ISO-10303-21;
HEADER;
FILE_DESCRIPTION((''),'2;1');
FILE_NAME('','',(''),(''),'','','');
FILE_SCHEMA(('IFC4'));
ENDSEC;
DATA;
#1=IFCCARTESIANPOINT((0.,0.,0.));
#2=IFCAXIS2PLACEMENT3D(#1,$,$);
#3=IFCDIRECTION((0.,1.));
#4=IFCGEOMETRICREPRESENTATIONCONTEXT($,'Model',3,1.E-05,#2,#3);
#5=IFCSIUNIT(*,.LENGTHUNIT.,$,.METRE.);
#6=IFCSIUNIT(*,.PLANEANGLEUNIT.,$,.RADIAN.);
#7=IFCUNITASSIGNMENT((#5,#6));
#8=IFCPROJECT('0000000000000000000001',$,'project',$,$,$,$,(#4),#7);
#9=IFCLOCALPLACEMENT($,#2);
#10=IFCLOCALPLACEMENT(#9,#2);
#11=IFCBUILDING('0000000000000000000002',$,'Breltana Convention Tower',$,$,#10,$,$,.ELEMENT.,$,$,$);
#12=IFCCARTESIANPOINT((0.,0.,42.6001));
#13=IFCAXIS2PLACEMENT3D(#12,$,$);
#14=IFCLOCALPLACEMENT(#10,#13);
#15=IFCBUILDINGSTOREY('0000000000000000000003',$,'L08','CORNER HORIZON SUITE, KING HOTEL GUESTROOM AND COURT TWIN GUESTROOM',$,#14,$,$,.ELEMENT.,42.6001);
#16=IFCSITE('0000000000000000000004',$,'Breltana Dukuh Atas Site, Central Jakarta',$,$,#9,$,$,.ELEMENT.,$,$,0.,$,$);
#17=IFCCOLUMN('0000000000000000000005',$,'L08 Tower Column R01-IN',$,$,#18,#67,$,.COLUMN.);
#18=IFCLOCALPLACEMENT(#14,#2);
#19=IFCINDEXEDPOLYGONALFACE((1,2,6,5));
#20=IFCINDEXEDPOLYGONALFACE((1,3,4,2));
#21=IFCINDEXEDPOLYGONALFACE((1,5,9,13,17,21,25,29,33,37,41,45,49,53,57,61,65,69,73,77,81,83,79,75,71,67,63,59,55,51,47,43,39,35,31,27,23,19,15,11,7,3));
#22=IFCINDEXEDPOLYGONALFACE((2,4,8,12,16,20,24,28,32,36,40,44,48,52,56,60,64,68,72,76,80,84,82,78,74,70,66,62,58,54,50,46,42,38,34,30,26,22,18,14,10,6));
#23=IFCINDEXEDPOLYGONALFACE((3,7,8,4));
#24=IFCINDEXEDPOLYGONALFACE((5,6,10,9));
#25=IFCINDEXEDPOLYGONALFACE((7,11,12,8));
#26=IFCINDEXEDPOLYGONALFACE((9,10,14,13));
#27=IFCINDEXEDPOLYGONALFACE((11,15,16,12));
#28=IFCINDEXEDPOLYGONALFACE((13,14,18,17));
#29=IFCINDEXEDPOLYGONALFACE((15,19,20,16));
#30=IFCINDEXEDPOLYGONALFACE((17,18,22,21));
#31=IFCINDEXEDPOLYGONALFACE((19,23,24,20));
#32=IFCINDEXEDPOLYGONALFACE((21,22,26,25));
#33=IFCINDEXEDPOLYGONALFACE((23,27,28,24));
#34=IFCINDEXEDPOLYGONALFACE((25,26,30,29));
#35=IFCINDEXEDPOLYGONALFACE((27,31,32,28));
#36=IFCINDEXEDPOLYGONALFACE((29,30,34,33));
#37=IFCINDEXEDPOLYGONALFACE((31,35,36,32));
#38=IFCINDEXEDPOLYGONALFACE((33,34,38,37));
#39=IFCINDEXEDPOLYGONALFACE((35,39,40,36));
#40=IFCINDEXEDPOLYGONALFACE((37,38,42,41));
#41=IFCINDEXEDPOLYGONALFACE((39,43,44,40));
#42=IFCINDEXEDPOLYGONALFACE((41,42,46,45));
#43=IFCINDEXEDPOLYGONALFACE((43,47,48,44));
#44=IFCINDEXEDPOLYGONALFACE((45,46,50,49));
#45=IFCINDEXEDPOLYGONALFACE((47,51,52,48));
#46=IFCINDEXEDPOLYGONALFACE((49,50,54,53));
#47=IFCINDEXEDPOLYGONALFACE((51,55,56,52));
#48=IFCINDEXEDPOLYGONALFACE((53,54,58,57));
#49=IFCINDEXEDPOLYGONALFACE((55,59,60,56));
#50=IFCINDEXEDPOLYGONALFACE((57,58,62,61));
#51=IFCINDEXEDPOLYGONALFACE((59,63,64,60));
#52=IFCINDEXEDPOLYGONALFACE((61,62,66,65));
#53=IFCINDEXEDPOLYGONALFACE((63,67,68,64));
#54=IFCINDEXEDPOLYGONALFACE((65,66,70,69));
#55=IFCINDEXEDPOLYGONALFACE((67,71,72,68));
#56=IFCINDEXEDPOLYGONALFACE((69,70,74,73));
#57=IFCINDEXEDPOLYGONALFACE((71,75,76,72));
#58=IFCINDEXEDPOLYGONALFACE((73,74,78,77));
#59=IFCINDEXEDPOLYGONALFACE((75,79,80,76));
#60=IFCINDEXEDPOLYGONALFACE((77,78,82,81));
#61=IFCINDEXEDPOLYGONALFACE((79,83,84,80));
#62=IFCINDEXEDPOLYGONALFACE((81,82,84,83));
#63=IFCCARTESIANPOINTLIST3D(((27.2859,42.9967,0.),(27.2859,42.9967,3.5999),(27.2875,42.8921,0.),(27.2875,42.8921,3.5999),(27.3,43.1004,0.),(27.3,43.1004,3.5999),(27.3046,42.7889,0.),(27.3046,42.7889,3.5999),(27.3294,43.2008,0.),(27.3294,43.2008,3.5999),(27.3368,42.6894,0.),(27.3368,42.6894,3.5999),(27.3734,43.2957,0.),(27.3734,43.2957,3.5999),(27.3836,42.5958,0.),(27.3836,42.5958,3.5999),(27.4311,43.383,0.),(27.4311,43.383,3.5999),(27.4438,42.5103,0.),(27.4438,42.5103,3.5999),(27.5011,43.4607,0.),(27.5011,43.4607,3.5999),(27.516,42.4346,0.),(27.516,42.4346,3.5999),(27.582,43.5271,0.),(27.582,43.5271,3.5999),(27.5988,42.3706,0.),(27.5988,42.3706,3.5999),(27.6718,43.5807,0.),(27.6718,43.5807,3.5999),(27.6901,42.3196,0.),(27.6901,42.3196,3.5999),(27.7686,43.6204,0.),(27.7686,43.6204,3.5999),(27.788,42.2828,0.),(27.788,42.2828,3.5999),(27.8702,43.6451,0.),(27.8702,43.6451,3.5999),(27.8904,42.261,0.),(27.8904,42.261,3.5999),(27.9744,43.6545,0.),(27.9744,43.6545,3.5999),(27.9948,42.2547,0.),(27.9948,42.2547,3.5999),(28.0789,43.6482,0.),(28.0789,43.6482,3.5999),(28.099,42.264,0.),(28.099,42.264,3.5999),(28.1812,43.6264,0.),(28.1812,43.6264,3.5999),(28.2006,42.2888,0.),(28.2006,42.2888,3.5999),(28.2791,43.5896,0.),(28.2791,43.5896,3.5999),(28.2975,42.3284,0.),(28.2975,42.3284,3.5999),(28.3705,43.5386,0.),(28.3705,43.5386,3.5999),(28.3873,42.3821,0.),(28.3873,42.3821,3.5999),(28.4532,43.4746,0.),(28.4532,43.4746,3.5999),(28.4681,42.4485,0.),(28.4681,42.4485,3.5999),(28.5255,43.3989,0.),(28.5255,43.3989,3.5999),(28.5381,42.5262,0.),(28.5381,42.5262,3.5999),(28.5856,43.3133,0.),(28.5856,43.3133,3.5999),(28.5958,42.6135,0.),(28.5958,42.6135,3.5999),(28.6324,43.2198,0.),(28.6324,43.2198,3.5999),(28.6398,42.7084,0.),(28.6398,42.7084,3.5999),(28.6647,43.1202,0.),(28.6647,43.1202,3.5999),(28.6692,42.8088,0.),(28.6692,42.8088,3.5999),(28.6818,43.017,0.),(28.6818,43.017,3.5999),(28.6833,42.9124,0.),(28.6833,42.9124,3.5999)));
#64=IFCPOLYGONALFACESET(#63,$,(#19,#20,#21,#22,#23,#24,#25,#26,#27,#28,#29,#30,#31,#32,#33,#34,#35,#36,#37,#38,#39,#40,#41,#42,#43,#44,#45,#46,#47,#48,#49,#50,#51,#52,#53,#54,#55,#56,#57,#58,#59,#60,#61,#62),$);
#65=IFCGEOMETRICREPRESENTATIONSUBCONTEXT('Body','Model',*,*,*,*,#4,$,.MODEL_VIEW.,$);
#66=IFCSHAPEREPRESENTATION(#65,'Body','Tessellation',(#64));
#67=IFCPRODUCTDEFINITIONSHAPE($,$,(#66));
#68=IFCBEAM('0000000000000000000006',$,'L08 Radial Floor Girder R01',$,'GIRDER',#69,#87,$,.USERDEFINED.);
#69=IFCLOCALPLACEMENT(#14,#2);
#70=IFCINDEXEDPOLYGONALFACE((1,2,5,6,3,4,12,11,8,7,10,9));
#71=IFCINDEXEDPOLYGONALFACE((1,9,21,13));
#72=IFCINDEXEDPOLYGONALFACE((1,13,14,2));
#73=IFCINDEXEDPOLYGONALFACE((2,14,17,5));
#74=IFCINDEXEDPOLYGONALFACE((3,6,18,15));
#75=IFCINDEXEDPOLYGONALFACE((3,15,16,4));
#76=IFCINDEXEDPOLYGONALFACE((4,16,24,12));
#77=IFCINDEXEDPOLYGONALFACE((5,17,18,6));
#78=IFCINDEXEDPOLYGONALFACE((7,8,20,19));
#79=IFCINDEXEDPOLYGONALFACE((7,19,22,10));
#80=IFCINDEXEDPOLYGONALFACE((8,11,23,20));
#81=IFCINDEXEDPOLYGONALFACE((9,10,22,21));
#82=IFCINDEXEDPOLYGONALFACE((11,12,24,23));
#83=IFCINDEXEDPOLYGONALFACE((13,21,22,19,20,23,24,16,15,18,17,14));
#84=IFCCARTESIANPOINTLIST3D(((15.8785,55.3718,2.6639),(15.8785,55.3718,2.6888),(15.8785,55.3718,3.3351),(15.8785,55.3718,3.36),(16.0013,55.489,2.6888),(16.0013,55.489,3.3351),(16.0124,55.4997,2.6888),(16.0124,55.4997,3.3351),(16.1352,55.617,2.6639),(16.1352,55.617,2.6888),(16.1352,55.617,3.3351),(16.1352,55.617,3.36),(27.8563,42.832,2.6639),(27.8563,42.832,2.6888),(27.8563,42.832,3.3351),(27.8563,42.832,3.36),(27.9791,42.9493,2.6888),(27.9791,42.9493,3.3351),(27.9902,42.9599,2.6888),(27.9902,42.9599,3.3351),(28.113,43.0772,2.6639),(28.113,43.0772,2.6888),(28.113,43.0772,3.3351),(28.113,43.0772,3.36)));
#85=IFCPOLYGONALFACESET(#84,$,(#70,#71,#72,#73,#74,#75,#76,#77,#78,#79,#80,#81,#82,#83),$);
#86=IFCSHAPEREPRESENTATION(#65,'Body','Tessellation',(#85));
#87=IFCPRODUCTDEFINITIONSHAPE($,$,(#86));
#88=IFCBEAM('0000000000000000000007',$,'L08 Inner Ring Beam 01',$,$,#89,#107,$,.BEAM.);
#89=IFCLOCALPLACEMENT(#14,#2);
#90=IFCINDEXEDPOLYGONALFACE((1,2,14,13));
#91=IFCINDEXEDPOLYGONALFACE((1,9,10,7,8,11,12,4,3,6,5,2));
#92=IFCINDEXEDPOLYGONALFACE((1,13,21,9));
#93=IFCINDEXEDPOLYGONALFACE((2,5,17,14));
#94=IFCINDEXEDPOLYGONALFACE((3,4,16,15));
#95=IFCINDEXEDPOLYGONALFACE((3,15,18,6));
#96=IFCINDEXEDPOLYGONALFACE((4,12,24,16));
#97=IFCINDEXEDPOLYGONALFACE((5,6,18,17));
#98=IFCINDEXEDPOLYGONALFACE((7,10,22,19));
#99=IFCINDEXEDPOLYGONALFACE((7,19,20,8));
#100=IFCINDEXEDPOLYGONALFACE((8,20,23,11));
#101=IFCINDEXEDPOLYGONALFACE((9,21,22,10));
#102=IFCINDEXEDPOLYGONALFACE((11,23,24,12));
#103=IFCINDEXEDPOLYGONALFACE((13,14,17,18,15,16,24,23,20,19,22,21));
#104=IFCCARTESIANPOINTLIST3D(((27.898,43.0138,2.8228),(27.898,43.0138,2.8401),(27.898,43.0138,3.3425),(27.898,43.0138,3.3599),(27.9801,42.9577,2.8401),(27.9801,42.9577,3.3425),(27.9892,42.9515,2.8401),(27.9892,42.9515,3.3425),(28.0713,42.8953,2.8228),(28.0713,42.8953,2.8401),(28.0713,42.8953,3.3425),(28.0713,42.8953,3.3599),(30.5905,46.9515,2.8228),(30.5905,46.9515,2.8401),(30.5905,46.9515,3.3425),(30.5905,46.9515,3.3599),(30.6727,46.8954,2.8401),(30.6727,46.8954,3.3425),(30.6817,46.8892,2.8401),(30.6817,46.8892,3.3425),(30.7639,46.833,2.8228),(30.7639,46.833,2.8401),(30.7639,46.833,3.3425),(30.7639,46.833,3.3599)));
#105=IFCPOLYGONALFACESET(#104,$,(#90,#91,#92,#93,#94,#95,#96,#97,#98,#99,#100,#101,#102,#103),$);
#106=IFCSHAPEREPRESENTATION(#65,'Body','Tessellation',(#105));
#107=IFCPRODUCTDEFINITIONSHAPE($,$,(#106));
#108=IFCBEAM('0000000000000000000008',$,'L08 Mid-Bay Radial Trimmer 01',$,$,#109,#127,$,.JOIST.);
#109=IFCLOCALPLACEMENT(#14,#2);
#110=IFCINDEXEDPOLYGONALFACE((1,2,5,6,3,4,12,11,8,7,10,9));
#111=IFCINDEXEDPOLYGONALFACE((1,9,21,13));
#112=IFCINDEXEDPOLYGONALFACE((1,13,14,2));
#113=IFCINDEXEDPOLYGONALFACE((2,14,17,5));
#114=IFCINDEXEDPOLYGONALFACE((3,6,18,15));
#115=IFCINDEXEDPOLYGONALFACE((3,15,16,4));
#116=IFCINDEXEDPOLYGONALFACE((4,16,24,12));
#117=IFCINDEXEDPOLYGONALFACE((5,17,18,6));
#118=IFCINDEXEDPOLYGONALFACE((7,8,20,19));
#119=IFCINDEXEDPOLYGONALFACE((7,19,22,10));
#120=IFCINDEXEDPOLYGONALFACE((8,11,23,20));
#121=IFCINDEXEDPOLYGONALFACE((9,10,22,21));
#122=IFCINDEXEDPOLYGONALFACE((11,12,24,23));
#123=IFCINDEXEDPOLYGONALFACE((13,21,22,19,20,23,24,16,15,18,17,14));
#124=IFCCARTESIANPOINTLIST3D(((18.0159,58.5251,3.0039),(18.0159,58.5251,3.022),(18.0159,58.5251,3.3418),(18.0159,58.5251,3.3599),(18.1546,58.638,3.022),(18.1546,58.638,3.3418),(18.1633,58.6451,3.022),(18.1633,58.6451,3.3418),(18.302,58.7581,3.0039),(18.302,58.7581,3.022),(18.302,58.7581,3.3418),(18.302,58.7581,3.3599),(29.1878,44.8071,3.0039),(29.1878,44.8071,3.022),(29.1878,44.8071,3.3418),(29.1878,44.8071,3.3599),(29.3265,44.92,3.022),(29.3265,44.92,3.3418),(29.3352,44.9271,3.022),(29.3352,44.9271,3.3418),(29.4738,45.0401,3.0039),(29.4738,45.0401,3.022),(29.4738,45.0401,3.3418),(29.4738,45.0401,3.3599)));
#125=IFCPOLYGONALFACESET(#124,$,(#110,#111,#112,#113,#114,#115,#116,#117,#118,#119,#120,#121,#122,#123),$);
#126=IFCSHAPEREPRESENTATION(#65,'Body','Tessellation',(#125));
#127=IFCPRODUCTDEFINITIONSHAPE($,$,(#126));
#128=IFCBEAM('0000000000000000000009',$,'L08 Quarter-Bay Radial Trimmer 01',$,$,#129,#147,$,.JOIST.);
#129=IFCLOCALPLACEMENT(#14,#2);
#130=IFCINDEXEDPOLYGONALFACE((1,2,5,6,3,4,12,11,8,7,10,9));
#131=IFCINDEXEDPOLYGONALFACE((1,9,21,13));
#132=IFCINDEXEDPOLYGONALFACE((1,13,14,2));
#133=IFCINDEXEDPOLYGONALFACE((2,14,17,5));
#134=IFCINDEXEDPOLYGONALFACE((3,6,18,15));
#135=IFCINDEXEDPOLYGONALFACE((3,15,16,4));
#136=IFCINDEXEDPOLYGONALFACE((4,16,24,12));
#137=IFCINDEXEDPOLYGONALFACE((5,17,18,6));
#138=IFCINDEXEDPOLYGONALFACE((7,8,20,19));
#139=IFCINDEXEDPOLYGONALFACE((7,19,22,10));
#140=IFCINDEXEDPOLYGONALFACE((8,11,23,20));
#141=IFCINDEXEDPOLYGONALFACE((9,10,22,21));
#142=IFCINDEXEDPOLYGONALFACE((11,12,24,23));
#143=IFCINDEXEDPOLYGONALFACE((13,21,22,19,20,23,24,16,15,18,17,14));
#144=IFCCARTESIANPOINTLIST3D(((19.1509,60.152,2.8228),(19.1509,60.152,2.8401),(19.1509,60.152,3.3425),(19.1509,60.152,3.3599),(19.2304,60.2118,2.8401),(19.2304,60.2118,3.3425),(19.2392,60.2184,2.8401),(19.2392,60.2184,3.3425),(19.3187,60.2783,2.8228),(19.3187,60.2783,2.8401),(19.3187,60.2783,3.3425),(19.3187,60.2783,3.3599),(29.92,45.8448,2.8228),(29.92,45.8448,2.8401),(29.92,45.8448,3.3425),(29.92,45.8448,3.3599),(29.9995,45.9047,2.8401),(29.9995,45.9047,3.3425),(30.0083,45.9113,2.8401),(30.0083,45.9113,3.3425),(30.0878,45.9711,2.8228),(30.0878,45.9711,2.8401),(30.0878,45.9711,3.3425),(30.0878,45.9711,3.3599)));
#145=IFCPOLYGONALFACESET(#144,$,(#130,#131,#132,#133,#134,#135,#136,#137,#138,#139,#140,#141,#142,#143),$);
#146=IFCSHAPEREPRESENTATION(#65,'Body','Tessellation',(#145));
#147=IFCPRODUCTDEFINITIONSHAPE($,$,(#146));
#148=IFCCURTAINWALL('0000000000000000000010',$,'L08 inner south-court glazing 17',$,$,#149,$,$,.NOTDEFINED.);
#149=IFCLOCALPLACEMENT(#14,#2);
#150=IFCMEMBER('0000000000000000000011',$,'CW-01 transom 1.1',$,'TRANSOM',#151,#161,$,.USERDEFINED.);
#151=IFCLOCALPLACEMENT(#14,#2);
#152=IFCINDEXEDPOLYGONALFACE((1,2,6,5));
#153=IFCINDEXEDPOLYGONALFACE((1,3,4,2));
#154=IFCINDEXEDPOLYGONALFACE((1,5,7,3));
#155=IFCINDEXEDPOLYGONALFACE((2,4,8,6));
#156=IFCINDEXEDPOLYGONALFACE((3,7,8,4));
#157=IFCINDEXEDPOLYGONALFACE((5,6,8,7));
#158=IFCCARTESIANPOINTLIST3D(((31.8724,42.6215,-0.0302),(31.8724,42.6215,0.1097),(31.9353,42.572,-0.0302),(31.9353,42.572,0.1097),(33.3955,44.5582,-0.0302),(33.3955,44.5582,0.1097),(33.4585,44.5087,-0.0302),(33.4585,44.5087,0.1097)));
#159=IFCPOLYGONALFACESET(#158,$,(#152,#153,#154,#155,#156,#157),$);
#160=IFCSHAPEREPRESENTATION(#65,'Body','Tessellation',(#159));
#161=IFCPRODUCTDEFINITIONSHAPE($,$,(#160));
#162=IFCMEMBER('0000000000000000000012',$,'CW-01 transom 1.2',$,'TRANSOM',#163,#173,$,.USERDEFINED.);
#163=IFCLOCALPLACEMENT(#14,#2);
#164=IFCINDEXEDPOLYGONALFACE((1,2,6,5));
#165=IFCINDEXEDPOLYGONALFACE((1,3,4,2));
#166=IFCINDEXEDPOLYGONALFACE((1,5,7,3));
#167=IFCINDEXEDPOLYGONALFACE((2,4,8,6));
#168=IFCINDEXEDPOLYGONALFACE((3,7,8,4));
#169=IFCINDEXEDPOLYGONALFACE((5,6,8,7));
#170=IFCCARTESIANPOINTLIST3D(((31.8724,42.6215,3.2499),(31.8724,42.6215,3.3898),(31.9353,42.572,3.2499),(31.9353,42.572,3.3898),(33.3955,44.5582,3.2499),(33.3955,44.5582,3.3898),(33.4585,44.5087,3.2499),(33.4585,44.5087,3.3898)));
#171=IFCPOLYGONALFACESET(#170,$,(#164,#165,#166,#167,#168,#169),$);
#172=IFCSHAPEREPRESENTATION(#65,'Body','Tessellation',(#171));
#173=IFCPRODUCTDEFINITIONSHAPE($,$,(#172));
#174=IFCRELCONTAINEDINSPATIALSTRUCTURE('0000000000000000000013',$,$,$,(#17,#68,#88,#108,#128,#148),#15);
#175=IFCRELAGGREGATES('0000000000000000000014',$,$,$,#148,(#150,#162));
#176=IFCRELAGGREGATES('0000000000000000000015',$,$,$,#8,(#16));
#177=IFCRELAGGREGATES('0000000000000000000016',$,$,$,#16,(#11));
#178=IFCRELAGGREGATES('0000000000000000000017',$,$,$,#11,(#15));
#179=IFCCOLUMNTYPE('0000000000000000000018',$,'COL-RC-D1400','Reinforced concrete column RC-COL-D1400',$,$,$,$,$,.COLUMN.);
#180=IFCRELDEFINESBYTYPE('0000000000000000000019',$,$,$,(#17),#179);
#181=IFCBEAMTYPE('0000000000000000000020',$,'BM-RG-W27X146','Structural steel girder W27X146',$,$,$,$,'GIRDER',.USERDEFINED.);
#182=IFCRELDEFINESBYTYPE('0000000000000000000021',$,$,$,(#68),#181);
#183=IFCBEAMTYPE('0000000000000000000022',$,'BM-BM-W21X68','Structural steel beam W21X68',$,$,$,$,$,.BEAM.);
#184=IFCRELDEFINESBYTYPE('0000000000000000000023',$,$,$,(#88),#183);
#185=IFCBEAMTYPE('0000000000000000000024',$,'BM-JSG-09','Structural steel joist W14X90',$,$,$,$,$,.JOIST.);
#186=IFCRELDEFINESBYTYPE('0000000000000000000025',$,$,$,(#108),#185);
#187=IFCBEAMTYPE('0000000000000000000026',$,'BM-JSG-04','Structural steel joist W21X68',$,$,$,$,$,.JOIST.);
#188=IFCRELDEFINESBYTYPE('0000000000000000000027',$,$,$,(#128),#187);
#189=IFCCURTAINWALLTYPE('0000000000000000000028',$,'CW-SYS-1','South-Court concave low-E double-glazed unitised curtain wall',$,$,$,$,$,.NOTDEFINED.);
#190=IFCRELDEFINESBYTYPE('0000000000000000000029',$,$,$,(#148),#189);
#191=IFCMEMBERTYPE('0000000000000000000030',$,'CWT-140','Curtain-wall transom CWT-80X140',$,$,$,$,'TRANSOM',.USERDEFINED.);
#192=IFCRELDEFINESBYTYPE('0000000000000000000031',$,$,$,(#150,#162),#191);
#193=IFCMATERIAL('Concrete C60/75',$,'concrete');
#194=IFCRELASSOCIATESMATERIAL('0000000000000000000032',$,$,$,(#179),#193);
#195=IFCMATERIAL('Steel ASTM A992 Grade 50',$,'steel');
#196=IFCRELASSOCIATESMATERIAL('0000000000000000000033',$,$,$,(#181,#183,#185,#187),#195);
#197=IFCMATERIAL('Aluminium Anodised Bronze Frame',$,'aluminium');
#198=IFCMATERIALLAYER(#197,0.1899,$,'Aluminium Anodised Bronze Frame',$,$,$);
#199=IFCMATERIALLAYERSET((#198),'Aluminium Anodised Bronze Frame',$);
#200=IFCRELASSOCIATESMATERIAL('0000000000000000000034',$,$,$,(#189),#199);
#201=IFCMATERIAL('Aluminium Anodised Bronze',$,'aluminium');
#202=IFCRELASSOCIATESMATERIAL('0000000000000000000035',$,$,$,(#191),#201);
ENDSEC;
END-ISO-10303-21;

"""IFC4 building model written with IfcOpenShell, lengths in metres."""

from ifc_helpers import new_model, si_unit, direction, frame, origin, origin_2d, place, context, subcontext, project, spatial, rectangle, circle, i_section, extrude, source, transform, mapped, material, layer, layer_set, material_profile, profile_set, type_object, type_shapes, element, aggregate, save


model = new_model("IFC4")

# Units and contexts
model_context = context("Model", 3, precision=1e-05, world=origin(), true_north=direction((0.0, 1.0)))
body_context = subcontext(model_context, "Body", "Model", "MODEL_VIEW")
ifc_project = project(units=[si_unit("LENGTHUNIT", "METRE"), si_unit("PLANEANGLEUNIT", "RADIAN")], contexts=[model_context])

# Site, building, storey
site_placement = place(None, origin())
site = spatial("IfcSite", under=ifc_project, at=site_placement, Name="Breltana Dukuh Atas Site, Central Jakarta", CompositionType="ELEMENT", RefElevation=0.0)
building_placement = place(site_placement, origin())
building = spatial("IfcBuilding", under=site, at=building_placement, Name="Breltana Convention Tower", CompositionType="ELEMENT")
storey_placement = place(building_placement, frame((0.0, 0.0, 42.6001)))
storey = spatial("IfcBuildingStorey", under=building, at=storey_placement, Name="L08", Description="CORNER HORIZON SUITE, KING HOTEL GUESTROOM AND COURT TWIN GUESTROOM", CompositionType="ELEMENT", Elevation=42.6001)

# Column
ifc_material_1 = material(Name="Concrete C60/75", Category="concrete")
ifc_material_profile_1 = material_profile(ifc_material_1, circle(Radius=0.7, at=origin_2d()), Name="RC-COL-D1400")
ifc_profile_set_1 = profile_set([ifc_material_profile_1], Name="Concrete C60/75")
column_type = type_object("IfcColumnType", Name="COL-RC-D1400", Description="Reinforced concrete column RC-COL-D1400", PredefinedType="COLUMN", material=ifc_profile_set_1)
shared_shape_1 = source(origin(), body_context, "Body", "SweptSolid", [
    extrude(circle(Radius=0.7, at=origin_2d()), origin(), (0.0, 0.0, 1.0), 3.5999),
])
column_placement = place(storey_placement, frame((27.9846, 42.9546, 0.0), z_axis=(0.0, 0.0, 1.0), x_axis=(-0.690756, 0.723088, 0.0)))
element("IfcColumn", 1, at=column_placement, inside=storey, type_object=column_type, Name="L08 Tower Column R01-IN", PredefinedType="COLUMN", context=body_context, shape_type="MappedRepresentation", body=[
    mapped(shared_shape_1, transform((0.0, 0.0, 0.0), scale=1.0)),
])

# Beams
ifc_material_2 = material(Name="Steel ASTM A992 Grade 50", Category="steel")
ifc_material_profile_2 = material_profile(ifc_material_2, i_section(OverallWidth=0.355, OverallDepth=0.696, WebThickness=0.0154, FlangeThickness=0.0249, at=origin_2d()), Name="W27X146")
ifc_profile_set_2 = profile_set([ifc_material_profile_2], Name="Steel ASTM A992 Grade 50")
beam_type_1 = type_object("IfcBeamType", Name="BM-RG-W27X146", Description="Structural steel girder W27X146", ElementType="GIRDER", PredefinedType="USERDEFINED", material=ifc_profile_set_2)
shared_shape_2 = source(origin(), body_context, "Body", "SweptSolid", [
    extrude(i_section(OverallWidth=0.355, OverallDepth=0.696, WebThickness=0.0154, FlangeThickness=0.0249, at=origin_2d()), origin(), (0.0, 0.0, 1.0), 17.3411),
])
type_shapes(beam_type_1, [shared_shape_2])
beam_1_placement = place(storey_placement, frame((27.9846, 42.9546, 3.012), z_axis=(-0.690716, 0.723126, 0.0), x_axis=(-0.723126, -0.690716, 0.0)))
element("IfcBeam", 2, at=beam_1_placement, inside=storey, type_object=beam_type_1, Name="L08 Radial Floor Girder R01", ObjectType="GIRDER", PredefinedType="USERDEFINED", context=body_context, shape_type="MappedRepresentation", body=[
    mapped(shared_shape_2, transform((0.0, 0.0, 0.0), scale=1.0)),
])
ifc_material_profile_3 = material_profile(ifc_material_2, i_section(OverallWidth=0.21, OverallDepth=0.5371, WebThickness=0.011, FlangeThickness=0.0173, at=origin_2d()), Name="W21X68")
ifc_profile_set_3 = profile_set([ifc_material_profile_3], Name="Steel ASTM A992 Grade 50")
beam_type_2 = type_object("IfcBeamType", Name="BM-BM-W21X68", Description="Structural steel beam W21X68", PredefinedType="BEAM", material=ifc_profile_set_3)
shared_shape_3 = source(origin(), body_context, "Body", "SweptSolid", [
    extrude(i_section(OverallWidth=0.21, OverallDepth=0.5371, WebThickness=0.011, FlangeThickness=0.0173, at=origin_2d()), origin(), (0.0, 0.0, 1.0), 4.7703),
])
beam_2_placement = place(storey_placement, frame((27.9846, 42.9546, 3.0913), z_axis=(0.564453, 0.825465, 0.0), x_axis=(-0.825465, 0.564453, 0.0)))
element("IfcBeam", 3, at=beam_2_placement, inside=storey, type_object=beam_type_2, Name="L08 Inner Ring Beam 01", PredefinedType="BEAM", context=body_context, shape_type="MappedRepresentation", body=[
    mapped(shared_shape_3, transform((0.0, 0.0, 0.0), scale=1.0)),
])
ifc_material_profile_4 = material_profile(ifc_material_2, i_section(OverallWidth=0.3689, OverallDepth=0.356, WebThickness=0.0112, FlangeThickness=0.0181, at=origin_2d()), Name="W14X90")
ifc_profile_set_4 = profile_set([ifc_material_profile_4], Name="Steel ASTM A992 Grade 50")
beam_type_3 = type_object("IfcBeamType", Name="BM-JSG-09", Description="Structural steel joist W14X90", PredefinedType="JOIST", material=ifc_profile_set_4)
shared_shape_4 = source(origin(), body_context, "Body", "SweptSolid", [
    extrude(i_section(OverallWidth=0.3689, OverallDepth=0.356, WebThickness=0.0112, FlangeThickness=0.0181, at=origin_2d()), origin(), (0.0, 0.0, 1.0), 17.6917),
])
type_shapes(beam_type_3, [shared_shape_4])
beam_3_placement = place(storey_placement, frame((29.3308, 44.9236, 3.1819), z_axis=(-0.631477, 0.775395, 0.0), x_axis=(-0.775395, -0.631477, 0.0)))
element("IfcBeam", 4, at=beam_3_placement, inside=storey, type_object=beam_type_3, Name="L08 Mid-Bay Radial Trimmer 01", PredefinedType="JOIST", context=body_context, shape_type="MappedRepresentation", body=[
    mapped(shared_shape_4, transform((0.0, 0.0, 0.0), scale=1.0)),
])
ifc_material_profile_5 = material_profile(ifc_material_2, i_section(OverallWidth=0.21, OverallDepth=0.5371, WebThickness=0.011, FlangeThickness=0.0173, at=origin_2d()), Name="W21X68")
ifc_profile_set_5 = profile_set([ifc_material_profile_5], Name="Steel ASTM A992 Grade 50")
beam_type_4 = type_object("IfcBeamType", Name="BM-JSG-04", Description="Structural steel joist W21X68", PredefinedType="JOIST", material=ifc_profile_set_5)
shared_shape_5 = source(origin(), body_context, "Body", "SweptSolid", [
    extrude(i_section(OverallWidth=0.21, OverallDepth=0.5371, WebThickness=0.011, FlangeThickness=0.0173, at=origin_2d()), origin(), (0.0, 0.0, 1.0), 17.9072),
])
beam_4_placement = place(storey_placement, frame((30.0039, 45.908, 3.0913), z_axis=(-0.601382, 0.798962, 0.0), x_axis=(-0.798962, -0.601382, 0.0)))
element("IfcBeam", 5, at=beam_4_placement, inside=storey, type_object=beam_type_4, Name="L08 Quarter-Bay Radial Trimmer 01", PredefinedType="JOIST", context=body_context, shape_type="MappedRepresentation", body=[
    mapped(shared_shape_5, transform((0.0, 0.0, 0.0), scale=1.0)),
])

# Curtain wall, members
ifc_material_3 = material(Name="Aluminium Anodised Bronze Frame", Category="aluminium")
ifc_layer_1 = layer(ifc_material_3, 0.1899, Name="Aluminium Anodised Bronze Frame")
ifc_layer_set_1 = layer_set([ifc_layer_1], Name="Aluminium Anodised Bronze Frame")
curtain_wall_type = type_object("IfcCurtainWallType", Name="CW-SYS-1", Description="South-Court concave low-E double-glazed unitised curtain wall", PredefinedType="NOTDEFINED", material=ifc_layer_set_1)
curtain_wall_1_placement = place(storey_placement, origin())
curtain_wall_1 = element("IfcCurtainWall", 6, at=curtain_wall_1_placement, inside=storey, type_object=curtain_wall_type, Name="L08 inner south-court glazing 17", PredefinedType="NOTDEFINED")
ifc_material_4 = material(Name="Aluminium Anodised Bronze", Category="aluminium")
ifc_material_profile_6 = material_profile(ifc_material_4, rectangle(XDim=0.0801, YDim=0.1399, at=origin_2d()), Name="CWT-80X140")
ifc_profile_set_6 = profile_set([ifc_material_profile_6], Name="Aluminium Anodised Bronze")
member_type_1 = type_object("IfcMemberType", Name="CWT-140", Description="Curtain-wall transom CWT-80X140", ElementType="TRANSOM", PredefinedType="USERDEFINED", material=ifc_profile_set_6)
shared_shape_6 = source(origin(), body_context, "Body", "SweptSolid", [
    extrude(rectangle(XDim=0.0801, YDim=0.1399, at=origin_2d()), origin(), (0.0, 0.0, 1.0), 2.4639),
])
member_1_placement = place(storey_placement, frame((33.427, 44.5334, 0.0398), z_axis=(-0.618185, -0.786033, 0.0), x_axis=(0.786033, -0.618185, 0.0)))
member_1 = element("IfcMember", 7, at=member_1_placement, type_object=member_type_1, Name="CW-01 transom 1.1", ObjectType="TRANSOM", PredefinedType="USERDEFINED", context=body_context, shape_type="MappedRepresentation", body=[
    mapped(shared_shape_6, transform((0.0, 0.0, 0.0), scale=1.0)),
])
member_2_placement = place(storey_placement, frame((33.427, 44.5334, 3.3198), z_axis=(-0.618185, -0.786033, 0.0), x_axis=(0.786033, -0.618185, 0.0)))
member_2 = element("IfcMember", 8, at=member_2_placement, type_object=member_type_1, Name="CW-01 transom 1.2", ObjectType="TRANSOM", PredefinedType="USERDEFINED", context=body_context, shape_type="MappedRepresentation", body=[
    mapped(shared_shape_6, transform((0.0, 0.0, 0.0), scale=1.0)),
])

aggregate(curtain_wall_1, [member_1, member_2])

save(model, "model.ifc")
